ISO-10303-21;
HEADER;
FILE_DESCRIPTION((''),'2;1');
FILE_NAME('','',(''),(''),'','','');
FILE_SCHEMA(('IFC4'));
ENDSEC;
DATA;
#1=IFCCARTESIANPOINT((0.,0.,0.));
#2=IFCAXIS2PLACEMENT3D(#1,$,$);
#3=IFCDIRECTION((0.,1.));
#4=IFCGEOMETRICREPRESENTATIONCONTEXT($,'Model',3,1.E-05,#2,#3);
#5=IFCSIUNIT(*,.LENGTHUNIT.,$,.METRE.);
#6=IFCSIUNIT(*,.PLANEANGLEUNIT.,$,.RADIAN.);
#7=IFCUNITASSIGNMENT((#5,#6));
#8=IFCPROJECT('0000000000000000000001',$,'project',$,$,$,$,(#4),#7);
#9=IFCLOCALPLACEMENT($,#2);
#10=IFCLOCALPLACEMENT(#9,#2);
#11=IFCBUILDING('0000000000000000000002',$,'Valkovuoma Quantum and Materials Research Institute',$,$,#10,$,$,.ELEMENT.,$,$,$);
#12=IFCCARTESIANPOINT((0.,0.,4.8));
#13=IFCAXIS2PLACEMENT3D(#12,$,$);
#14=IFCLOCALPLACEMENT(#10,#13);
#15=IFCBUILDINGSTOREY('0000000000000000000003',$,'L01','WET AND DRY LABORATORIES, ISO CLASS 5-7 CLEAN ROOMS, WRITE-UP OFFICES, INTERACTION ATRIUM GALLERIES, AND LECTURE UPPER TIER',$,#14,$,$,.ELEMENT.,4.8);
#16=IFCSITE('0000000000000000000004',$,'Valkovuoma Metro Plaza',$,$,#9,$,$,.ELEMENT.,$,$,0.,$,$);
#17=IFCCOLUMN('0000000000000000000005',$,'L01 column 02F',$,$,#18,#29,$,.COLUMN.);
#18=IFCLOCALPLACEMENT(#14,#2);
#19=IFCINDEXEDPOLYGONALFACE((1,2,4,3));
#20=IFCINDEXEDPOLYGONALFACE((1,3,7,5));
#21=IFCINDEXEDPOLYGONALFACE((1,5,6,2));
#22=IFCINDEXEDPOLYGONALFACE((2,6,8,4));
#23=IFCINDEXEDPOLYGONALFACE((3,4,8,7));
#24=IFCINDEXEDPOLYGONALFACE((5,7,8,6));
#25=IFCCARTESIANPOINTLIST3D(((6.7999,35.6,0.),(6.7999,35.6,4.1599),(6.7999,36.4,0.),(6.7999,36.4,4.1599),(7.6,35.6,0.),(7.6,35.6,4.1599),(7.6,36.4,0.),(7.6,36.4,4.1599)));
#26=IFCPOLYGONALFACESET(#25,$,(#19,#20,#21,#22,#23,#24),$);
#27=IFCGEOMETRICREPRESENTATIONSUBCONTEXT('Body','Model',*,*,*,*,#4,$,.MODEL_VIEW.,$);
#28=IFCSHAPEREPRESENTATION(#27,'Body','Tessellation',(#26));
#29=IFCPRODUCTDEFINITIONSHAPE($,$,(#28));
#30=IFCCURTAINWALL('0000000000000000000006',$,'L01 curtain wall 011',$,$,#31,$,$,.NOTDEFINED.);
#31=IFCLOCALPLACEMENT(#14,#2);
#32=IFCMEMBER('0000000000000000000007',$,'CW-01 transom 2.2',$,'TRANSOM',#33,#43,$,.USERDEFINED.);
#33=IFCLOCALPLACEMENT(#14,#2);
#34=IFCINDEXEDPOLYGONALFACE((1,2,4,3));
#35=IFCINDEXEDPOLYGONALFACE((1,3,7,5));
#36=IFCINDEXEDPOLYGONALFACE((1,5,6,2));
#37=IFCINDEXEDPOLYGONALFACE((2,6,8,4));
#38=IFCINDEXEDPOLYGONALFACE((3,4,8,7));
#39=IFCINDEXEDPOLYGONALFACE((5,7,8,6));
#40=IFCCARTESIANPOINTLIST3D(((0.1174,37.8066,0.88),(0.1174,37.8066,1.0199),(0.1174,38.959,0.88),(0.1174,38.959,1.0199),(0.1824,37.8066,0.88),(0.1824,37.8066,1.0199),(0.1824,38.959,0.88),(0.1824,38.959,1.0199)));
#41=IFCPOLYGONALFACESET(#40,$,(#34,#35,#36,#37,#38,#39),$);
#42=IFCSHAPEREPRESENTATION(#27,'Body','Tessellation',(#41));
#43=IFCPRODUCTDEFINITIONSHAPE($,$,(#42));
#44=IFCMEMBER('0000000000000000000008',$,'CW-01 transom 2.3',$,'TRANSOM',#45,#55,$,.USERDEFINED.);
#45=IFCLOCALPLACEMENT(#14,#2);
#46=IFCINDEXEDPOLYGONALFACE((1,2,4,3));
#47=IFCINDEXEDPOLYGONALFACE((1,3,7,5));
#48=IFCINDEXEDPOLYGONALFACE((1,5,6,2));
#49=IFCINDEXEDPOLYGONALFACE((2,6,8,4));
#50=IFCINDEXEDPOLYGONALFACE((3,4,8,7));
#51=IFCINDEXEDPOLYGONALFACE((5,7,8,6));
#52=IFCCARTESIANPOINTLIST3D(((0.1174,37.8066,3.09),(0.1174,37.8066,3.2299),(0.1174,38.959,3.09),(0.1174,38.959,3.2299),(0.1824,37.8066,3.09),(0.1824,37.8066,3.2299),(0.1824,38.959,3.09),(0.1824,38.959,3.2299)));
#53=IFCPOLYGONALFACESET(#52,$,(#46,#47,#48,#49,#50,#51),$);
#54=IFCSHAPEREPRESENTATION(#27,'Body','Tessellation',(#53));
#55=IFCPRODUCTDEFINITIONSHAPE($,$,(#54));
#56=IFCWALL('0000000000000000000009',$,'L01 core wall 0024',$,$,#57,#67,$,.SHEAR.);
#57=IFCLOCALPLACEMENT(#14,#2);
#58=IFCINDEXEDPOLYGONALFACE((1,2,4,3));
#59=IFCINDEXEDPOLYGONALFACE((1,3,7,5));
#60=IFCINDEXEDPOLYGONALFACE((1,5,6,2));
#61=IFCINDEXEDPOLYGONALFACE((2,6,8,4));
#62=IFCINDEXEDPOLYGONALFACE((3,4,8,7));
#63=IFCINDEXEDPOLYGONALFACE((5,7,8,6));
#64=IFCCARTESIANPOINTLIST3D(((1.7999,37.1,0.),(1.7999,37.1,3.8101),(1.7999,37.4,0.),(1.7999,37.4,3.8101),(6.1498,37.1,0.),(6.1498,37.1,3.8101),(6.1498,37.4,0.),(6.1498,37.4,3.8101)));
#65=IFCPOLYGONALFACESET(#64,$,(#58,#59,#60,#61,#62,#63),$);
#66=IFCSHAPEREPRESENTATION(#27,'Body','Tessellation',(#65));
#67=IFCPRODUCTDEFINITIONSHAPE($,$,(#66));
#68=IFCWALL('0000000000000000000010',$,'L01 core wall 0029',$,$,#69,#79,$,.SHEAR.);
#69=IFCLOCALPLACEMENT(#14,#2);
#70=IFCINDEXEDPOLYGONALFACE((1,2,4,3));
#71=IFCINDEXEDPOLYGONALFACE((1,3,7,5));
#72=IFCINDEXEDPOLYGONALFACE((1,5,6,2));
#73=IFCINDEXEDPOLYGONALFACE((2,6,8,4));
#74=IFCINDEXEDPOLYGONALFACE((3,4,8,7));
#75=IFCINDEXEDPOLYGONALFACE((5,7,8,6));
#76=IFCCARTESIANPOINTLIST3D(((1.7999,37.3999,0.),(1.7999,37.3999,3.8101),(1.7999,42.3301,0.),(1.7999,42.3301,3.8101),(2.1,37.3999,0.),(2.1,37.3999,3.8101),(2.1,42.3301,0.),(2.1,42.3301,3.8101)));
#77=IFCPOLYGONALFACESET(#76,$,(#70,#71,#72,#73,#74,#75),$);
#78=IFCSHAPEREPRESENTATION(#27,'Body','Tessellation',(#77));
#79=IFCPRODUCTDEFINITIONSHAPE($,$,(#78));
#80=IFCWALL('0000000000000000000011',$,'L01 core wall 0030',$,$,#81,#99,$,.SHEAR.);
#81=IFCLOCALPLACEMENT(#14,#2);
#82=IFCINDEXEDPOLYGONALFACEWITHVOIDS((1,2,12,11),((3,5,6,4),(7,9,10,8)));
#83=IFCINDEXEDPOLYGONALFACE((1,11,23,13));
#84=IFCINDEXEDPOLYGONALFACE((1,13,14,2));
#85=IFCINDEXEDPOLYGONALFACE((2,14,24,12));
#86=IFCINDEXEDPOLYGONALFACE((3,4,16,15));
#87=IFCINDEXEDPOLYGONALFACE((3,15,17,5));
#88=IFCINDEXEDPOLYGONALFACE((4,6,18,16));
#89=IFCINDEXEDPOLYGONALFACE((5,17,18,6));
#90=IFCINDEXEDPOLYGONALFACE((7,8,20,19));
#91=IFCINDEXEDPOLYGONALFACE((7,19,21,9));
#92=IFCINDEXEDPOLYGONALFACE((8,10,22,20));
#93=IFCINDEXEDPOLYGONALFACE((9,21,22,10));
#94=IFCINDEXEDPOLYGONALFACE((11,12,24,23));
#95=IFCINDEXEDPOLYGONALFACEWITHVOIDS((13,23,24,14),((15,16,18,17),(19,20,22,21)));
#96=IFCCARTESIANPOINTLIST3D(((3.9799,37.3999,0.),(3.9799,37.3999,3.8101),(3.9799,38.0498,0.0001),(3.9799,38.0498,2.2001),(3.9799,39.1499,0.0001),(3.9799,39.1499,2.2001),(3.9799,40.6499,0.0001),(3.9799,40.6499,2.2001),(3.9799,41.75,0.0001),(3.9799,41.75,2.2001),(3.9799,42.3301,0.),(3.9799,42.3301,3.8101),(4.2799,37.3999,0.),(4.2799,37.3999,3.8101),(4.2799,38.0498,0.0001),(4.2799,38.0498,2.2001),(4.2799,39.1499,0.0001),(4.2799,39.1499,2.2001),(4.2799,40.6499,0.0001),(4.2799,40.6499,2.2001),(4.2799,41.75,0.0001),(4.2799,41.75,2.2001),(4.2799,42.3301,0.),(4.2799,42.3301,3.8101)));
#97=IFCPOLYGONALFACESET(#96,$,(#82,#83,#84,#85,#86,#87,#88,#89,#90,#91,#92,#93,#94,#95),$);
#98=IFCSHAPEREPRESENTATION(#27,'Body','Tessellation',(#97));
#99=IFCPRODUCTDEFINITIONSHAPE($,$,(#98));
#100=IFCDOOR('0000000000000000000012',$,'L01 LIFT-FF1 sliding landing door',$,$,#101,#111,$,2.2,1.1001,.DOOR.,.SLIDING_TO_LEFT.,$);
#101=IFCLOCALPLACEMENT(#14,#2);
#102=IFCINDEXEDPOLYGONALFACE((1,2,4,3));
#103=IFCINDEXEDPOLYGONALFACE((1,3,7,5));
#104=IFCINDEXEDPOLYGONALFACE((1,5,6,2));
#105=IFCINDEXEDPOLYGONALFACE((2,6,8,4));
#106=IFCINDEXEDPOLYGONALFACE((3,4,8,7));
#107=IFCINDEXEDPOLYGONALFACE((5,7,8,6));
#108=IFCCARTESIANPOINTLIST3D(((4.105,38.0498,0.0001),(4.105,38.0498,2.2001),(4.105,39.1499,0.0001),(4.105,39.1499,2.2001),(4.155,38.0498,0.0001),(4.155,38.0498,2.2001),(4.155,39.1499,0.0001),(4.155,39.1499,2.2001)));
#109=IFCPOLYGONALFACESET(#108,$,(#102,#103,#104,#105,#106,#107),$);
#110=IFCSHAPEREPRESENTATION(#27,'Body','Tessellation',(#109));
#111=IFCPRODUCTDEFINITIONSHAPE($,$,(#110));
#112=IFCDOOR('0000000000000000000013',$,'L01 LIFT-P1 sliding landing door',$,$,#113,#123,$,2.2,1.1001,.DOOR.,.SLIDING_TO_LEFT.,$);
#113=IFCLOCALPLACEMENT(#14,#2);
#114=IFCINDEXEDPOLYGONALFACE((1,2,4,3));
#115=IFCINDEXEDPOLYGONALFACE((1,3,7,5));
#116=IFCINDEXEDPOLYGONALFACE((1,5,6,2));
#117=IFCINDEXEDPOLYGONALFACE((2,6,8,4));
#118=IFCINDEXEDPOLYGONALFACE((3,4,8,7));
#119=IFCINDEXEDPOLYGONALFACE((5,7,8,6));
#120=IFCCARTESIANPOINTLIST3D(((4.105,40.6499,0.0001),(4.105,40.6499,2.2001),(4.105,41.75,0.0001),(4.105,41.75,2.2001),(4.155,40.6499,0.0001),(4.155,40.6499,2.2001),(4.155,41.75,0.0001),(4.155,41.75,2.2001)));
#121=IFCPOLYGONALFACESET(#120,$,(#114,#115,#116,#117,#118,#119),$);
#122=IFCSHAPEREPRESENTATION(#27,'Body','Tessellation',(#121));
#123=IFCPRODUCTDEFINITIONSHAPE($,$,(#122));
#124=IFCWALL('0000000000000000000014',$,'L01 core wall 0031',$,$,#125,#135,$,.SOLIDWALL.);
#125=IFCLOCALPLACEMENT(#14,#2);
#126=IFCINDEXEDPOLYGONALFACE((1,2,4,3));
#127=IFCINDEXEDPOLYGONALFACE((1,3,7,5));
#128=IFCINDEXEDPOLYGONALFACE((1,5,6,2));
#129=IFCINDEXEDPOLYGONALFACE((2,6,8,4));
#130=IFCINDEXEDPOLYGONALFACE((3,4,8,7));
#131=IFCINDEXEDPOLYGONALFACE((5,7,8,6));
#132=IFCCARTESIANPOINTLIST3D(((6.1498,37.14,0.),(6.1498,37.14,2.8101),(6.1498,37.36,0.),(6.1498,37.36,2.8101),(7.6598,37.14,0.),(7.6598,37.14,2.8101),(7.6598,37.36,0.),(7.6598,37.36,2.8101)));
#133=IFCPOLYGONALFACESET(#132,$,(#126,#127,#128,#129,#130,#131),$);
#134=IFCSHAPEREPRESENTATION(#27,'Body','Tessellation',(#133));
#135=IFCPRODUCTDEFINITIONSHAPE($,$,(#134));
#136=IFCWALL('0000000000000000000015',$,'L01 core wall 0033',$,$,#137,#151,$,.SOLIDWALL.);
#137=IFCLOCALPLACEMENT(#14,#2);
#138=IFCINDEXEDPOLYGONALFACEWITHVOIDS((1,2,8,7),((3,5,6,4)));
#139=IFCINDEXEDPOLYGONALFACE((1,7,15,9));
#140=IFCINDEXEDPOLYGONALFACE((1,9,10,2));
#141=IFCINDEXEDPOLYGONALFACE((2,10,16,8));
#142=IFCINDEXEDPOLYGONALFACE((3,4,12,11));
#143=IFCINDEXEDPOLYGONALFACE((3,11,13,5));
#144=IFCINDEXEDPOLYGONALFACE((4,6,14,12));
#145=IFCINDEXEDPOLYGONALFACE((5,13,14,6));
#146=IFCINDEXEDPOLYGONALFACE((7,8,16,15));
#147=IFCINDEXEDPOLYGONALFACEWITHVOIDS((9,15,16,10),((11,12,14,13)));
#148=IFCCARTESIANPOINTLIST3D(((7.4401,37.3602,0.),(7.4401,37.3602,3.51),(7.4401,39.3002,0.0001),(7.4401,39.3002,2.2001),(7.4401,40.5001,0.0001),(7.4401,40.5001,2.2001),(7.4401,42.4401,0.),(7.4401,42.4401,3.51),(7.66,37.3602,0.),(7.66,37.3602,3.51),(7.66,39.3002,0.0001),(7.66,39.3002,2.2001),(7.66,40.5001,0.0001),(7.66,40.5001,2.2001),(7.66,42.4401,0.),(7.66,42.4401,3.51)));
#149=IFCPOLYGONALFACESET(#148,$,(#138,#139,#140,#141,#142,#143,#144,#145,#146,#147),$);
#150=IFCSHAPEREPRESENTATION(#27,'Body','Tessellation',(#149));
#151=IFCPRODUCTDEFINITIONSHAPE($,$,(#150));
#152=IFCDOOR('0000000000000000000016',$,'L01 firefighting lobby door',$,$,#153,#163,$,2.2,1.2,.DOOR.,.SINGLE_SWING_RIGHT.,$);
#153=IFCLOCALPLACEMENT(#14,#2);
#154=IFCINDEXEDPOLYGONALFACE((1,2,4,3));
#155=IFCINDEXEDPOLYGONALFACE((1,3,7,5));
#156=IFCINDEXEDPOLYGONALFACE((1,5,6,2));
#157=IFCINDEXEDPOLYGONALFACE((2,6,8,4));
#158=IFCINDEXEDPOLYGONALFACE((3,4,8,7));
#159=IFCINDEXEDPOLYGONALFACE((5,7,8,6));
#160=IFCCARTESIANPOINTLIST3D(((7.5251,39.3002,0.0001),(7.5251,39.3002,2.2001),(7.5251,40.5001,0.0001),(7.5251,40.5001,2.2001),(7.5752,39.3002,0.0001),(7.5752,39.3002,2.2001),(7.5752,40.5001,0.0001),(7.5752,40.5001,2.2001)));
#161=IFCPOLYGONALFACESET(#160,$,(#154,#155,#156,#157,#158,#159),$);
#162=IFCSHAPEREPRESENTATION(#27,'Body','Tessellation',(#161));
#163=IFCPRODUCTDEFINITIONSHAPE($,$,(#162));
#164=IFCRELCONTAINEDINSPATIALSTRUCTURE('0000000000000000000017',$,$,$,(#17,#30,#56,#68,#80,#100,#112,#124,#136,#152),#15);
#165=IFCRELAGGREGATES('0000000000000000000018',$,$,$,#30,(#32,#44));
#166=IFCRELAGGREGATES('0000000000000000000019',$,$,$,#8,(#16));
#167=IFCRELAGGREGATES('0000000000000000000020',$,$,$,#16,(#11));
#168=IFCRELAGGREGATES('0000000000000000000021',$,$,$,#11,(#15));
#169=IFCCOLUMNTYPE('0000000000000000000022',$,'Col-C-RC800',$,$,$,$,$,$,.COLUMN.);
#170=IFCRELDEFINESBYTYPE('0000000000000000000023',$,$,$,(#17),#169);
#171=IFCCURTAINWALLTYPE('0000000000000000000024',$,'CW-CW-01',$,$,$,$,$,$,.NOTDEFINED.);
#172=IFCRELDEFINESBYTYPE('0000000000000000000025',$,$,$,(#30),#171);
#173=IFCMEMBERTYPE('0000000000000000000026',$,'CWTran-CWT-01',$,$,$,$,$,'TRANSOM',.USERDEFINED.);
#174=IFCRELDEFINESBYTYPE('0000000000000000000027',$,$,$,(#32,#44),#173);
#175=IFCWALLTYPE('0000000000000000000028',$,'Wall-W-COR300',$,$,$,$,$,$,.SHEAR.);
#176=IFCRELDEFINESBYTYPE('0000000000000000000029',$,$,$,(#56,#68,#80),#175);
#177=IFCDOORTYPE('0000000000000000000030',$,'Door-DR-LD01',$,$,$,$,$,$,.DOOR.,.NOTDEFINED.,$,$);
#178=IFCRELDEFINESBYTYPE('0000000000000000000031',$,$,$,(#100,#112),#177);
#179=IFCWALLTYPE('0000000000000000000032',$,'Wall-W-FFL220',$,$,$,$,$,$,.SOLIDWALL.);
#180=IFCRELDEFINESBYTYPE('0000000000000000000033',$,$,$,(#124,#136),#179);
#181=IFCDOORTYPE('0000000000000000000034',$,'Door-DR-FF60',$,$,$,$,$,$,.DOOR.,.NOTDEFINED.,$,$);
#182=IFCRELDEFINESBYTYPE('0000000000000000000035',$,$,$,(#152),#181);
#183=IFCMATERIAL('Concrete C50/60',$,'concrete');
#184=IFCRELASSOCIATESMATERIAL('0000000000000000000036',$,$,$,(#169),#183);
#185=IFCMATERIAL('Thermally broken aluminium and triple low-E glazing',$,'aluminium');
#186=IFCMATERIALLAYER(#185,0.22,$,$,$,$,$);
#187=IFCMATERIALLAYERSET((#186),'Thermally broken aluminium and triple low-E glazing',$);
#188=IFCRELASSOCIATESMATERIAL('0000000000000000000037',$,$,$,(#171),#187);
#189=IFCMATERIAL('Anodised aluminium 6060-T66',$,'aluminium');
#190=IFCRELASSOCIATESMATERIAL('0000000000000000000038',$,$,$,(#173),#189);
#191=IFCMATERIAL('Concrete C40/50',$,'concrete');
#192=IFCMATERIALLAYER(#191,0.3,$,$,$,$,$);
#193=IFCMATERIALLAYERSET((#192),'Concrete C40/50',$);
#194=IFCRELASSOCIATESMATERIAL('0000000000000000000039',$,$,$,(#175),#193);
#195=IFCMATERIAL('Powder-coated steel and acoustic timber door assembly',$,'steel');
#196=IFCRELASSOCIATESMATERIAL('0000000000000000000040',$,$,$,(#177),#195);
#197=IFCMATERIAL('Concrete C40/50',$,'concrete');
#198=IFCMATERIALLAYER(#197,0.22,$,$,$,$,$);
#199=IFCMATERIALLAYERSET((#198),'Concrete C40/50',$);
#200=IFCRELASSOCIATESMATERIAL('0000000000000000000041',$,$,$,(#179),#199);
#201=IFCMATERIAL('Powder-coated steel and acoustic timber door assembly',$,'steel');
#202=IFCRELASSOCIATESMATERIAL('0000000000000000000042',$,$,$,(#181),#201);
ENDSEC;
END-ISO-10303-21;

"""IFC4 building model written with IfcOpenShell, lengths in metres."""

from ifc_helpers import new_model, si_unit, direction, frame, frame_2d, origin, origin_2d, place, context, subcontext, project, spatial, rectangle, extrude, material, layer, layer_set, material_profile, profile_set, type_object, element, fill, aggregate, save


model = new_model("IFC4")

# Units and contexts
model_context = context("Model", 3, precision=1e-05, world=origin(), true_north=direction((0.0, 1.0)))
body_context = subcontext(model_context, "Body", "Model", "MODEL_VIEW")
ifc_project = project(units=[si_unit("LENGTHUNIT", "METRE"), si_unit("PLANEANGLEUNIT", "RADIAN")], contexts=[model_context])

# Site, building, storey
site_placement = place(None, origin())
site = spatial("IfcSite", under=ifc_project, at=site_placement, Name="Valkovuoma Metro Plaza", CompositionType="ELEMENT", RefElevation=0.0)
building_placement = place(site_placement, origin())
building = spatial("IfcBuilding", under=site, at=building_placement, Name="Valkovuoma Quantum and Materials Research Institute", CompositionType="ELEMENT")
storey_placement = place(building_placement, frame((0.0, 0.0, 4.8)))
storey = spatial("IfcBuildingStorey", under=building, at=storey_placement, Name="L01", Description="WET AND DRY LABORATORIES, ISO CLASS 5-7 CLEAN ROOMS, WRITE-UP OFFICES, INTERACTION ATRIUM GALLERIES, AND LECTURE UPPER TIER", CompositionType="ELEMENT", Elevation=4.8)

# Column
ifc_material_1 = material(Name="Concrete C50/60", Category="concrete")
ifc_material_profile_1 = material_profile(ifc_material_1, rectangle(XDim=0.8, YDim=0.8, at=origin_2d()), Name="Concrete C50/60")
ifc_profile_set_1 = profile_set([ifc_material_profile_1], Name="Concrete C50/60")
column_type = type_object("IfcColumnType", Name="Col-C-RC800", PredefinedType="COLUMN", material=ifc_profile_set_1)
column_placement = place(storey_placement, frame((7.2, 36.0, 0.0), z_axis=(0.0, 0.0, 1.0), x_axis=(1.0, 0.0, 0.0)))
element("IfcColumn", 1, at=column_placement, inside=storey, type_object=column_type, Name="L01 column 02F", PredefinedType="COLUMN", context=body_context, shape_type="SweptSolid", body=[
    extrude(rectangle(XDim=0.8, YDim=0.8, at=origin_2d()), origin(), (0.0, 0.0, 1.0), 4.1599),
])

# Curtain wall, members
ifc_material_2 = material(Name="Thermally broken aluminium and triple low-E glazing", Category="aluminium")
ifc_layer_1 = layer(ifc_material_2, 0.22)
ifc_layer_set_1 = layer_set([ifc_layer_1], Name="Thermally broken aluminium and triple low-E glazing")
curtain_wall_type = type_object("IfcCurtainWallType", Name="CW-CW-01", PredefinedType="NOTDEFINED", material=ifc_layer_set_1)
curtain_wall_placement = place(storey_placement, origin())
curtain_wall = element("IfcCurtainWall", 2, at=curtain_wall_placement, inside=storey, type_object=curtain_wall_type, Name="L01 curtain wall 011", PredefinedType="NOTDEFINED")
ifc_material_3 = material(Name="Anodised aluminium 6060-T66", Category="aluminium")
ifc_material_profile_2 = material_profile(ifc_material_3, rectangle(XDim=0.0649, YDim=0.1399, at=origin_2d()), Name="Anodised aluminium 6060-T66")
ifc_profile_set_2 = profile_set([ifc_material_profile_2], Name="Anodised aluminium 6060-T66")
member_type = type_object("IfcMemberType", Name="CWTran-CWT-01", ElementType="TRANSOM", PredefinedType="USERDEFINED", material=ifc_profile_set_2)
member_1_placement = place(storey_placement, frame((0.1499, 37.8066, 0.95), z_axis=(0.0, 1.0, 0.0), x_axis=(-1.0, 0.0, 0.0)))
member_1 = element("IfcMember", 3, at=member_1_placement, type_object=member_type, Name="CW-01 transom 2.2", ObjectType="TRANSOM", PredefinedType="USERDEFINED", context=body_context, shape_type="SweptSolid", body=[
    extrude(rectangle(XDim=0.0649, YDim=0.1399, at=origin_2d()), origin(), (0.0, 0.0, 1.0), 1.1523),
])
member_2_placement = place(storey_placement, frame((0.1499, 37.8066, 3.1599), z_axis=(0.0, 1.0, 0.0), x_axis=(-1.0, 0.0, 0.0)))
member_2 = element("IfcMember", 4, at=member_2_placement, type_object=member_type, Name="CW-01 transom 2.3", ObjectType="TRANSOM", PredefinedType="USERDEFINED", context=body_context, shape_type="SweptSolid", body=[
    extrude(rectangle(XDim=0.0649, YDim=0.1399, at=origin_2d()), origin(), (0.0, 0.0, 1.0), 1.1523),
])
aggregate(curtain_wall, [member_1, member_2])

# Walls
ifc_material_4 = material(Name="Concrete C40/50", Category="concrete")
ifc_layer_2 = layer(ifc_material_4, 0.3)
ifc_layer_set_2 = layer_set([ifc_layer_2], Name="Concrete C40/50")
wall_type_1 = type_object("IfcWallType", Name="Wall-W-COR300", PredefinedType="SHEAR", material=ifc_layer_set_2)
wall_1_placement = place(storey_placement, frame((1.8, 37.25, 0.0), z_axis=(0.0, 0.0, 1.0), x_axis=(1.0, 0.0, 0.0)))
element("IfcWall", 5, at=wall_1_placement, inside=storey, type_object=wall_type_1, Name="L01 core wall 0024", PredefinedType="SHEAR", context=body_context, shape_type="SweptSolid", body=[
    extrude(rectangle(XDim=4.3499, YDim=0.3, at=frame_2d((2.1748, 0.0))), origin(), (0.0, 0.0, 1.0), 3.8101),
])
wall_2_placement = place(storey_placement, frame((1.95, 37.3999, 0.0), z_axis=(0.0, 0.0, 1.0), x_axis=(0.0, 1.0, 0.0)))
element("IfcWall", 6, at=wall_2_placement, inside=storey, type_object=wall_type_1, Name="L01 core wall 0029", PredefinedType="SHEAR", context=body_context, shape_type="SweptSolid", body=[
    extrude(rectangle(XDim=4.9302, YDim=0.3, at=frame_2d((2.4651, 0.0))), origin(), (0.0, 0.0, 1.0), 3.8101),
])

# Wall, openings, doors
wall_3_placement = place(storey_placement, frame((4.1299, 37.3999, 0.0), z_axis=(0.0, 0.0, 1.0), x_axis=(0.0, 1.0, 0.0)))
wall_3 = element("IfcWall", 7, at=wall_3_placement, inside=storey, type_object=wall_type_1, Name="L01 core wall 0030", PredefinedType="SHEAR", context=body_context, shape_type="SweptSolid", body=[
    extrude(rectangle(XDim=4.9302, YDim=0.3, at=frame_2d((2.4651, 0.0))), origin(), (0.0, 0.0, 1.0), 3.8101),
])
opening_1_placement = place(wall_3_placement, frame((0.6499, 0.0, 0.0)))
opening_1 = element("IfcOpeningElement", 8, at=opening_1_placement, cuts=wall_3, PredefinedType="OPENING", context=body_context, shape_type="SweptSolid", body=[
    extrude(rectangle(XDim=1.1001, YDim=2.2, at=frame_2d((0.55, 1.1001))), frame((0.0, 0.1602, 0.0), z_axis=(0.0, -1.0, 0.0), x_axis=(1.0, 0.0, 0.0)), (0.0, 0.0, 1.0), 0.3201),
])
opening_2_placement = place(wall_3_placement, frame((3.25, 0.0, 0.0)))
opening_2 = element("IfcOpeningElement", 9, at=opening_2_placement, cuts=wall_3, PredefinedType="OPENING", context=body_context, shape_type="SweptSolid", body=[
    extrude(rectangle(XDim=1.1001, YDim=2.2, at=frame_2d((0.55, 1.1001))), frame((0.0, 0.1602, 0.0), z_axis=(0.0, -1.0, 0.0), x_axis=(1.0, 0.0, 0.0)), (0.0, 0.0, 1.0), 0.3201),
])
ifc_material_5 = material(Name="Powder-coated steel and acoustic timber door assembly", Category="steel")
door_type_1 = type_object("IfcDoorType", Name="Door-DR-LD01", OperationType="NOTDEFINED", PredefinedType="DOOR", material=ifc_material_5)
door_1_placement = place(opening_1_placement, origin())
door_1 = element("IfcDoor", 10, at=door_1_placement, inside=storey, type_object=door_type_1, Name="L01 LIFT-FF1 sliding landing door", OperationType="SLIDING_TO_LEFT", OverallHeight=2.2, OverallWidth=1.1001, PredefinedType="DOOR", context=body_context, shape_type="SweptSolid", body=[
    extrude(rectangle(XDim=1.1001, YDim=2.2, at=frame_2d((0.55, 1.1001))), frame((0.0, 0.0249, 0.0), z_axis=(0.0, -1.0, 0.0), x_axis=(1.0, 0.0, 0.0)), (0.0, 0.0, 1.0), 0.05),
])
fill(opening_1, door_1)
door_2_placement = place(opening_2_placement, origin())
door_2 = element("IfcDoor", 11, at=door_2_placement, inside=storey, type_object=door_type_1, Name="L01 LIFT-P1 sliding landing door", OperationType="SLIDING_TO_LEFT", OverallHeight=2.2, OverallWidth=1.1001, PredefinedType="DOOR", context=body_context, shape_type="SweptSolid", body=[
    extrude(rectangle(XDim=1.1001, YDim=2.2, at=frame_2d((0.55, 1.1001))), frame((0.0, 0.0249, 0.0), z_axis=(0.0, -1.0, 0.0), x_axis=(1.0, 0.0, 0.0)), (0.0, 0.0, 1.0), 0.05),
])
fill(opening_2, door_2)

# Wall
ifc_material_6 = material(Name="Concrete C40/50", Category="concrete")
ifc_layer_3 = layer(ifc_material_6, 0.22)
ifc_layer_set_3 = layer_set([ifc_layer_3], Name="Concrete C40/50")
wall_type_2 = type_object("IfcWallType", Name="Wall-W-FFL220", PredefinedType="SOLIDWALL", material=ifc_layer_set_3)
wall_4_placement = place(storey_placement, frame((6.1499, 37.25, 0.0), z_axis=(0.0, 0.0, 1.0), x_axis=(1.0, 0.0, 0.0)))
element("IfcWall", 12, at=wall_4_placement, inside=storey, type_object=wall_type_2, Name="L01 core wall 0031", PredefinedType="SOLIDWALL", context=body_context, shape_type="SweptSolid", body=[
    extrude(rectangle(XDim=1.51, YDim=0.22, at=frame_2d((0.7549, 0.0))), origin(), (0.0, 0.0, 1.0), 2.8101),
])

# Wall, opening, door
wall_5_placement = place(storey_placement, frame((7.55, 37.3601, 0.0), z_axis=(0.0, 0.0, 1.0), x_axis=(0.0, 1.0, 0.0)))
wall_5 = element("IfcWall", 13, at=wall_5_placement, inside=storey, type_object=wall_type_2, Name="L01 core wall 0033", PredefinedType="SOLIDWALL", context=body_context, shape_type="SweptSolid", body=[
    extrude(rectangle(XDim=5.0798, YDim=0.22, at=frame_2d((2.54, 0.0))), origin(), (0.0, 0.0, 1.0), 3.51),
])
opening_3_placement = place(wall_5_placement, frame((1.9399, 0.0, 0.0)))
opening_3 = element("IfcOpeningElement", 14, at=opening_3_placement, cuts=wall_5, PredefinedType="OPENING", context=body_context, shape_type="SweptSolid", body=[
    extrude(rectangle(XDim=1.2, YDim=2.2, at=frame_2d((0.6001, 1.1001))), frame((0.0, 0.1201, 0.0), z_axis=(0.0, -1.0, 0.0), x_axis=(1.0, 0.0, 0.0)), (0.0, 0.0, 1.0), 0.24),
])
ifc_material_7 = material(Name="Powder-coated steel and acoustic timber door assembly", Category="steel")
door_type_2 = type_object("IfcDoorType", Name="Door-DR-FF60", OperationType="NOTDEFINED", PredefinedType="DOOR", material=ifc_material_7)
door_3_placement = place(opening_3_placement, origin())
door_3 = element("IfcDoor", 15, at=door_3_placement, inside=storey, type_object=door_type_2, Name="L01 firefighting lobby door", OperationType="SINGLE_SWING_RIGHT", OverallHeight=2.2, OverallWidth=1.2, PredefinedType="DOOR", context=body_context, shape_type="SweptSolid", body=[
    extrude(rectangle(XDim=1.2, YDim=2.2, at=frame_2d((0.6001, 1.1001))), frame((0.0, 0.0249, 0.0), z_axis=(0.0, -1.0, 0.0), x_axis=(1.0, 0.0, 0.0)), (0.0, 0.0, 1.0), 0.05),
])
fill(opening_3, door_3)

save(model, "model.ifc")
